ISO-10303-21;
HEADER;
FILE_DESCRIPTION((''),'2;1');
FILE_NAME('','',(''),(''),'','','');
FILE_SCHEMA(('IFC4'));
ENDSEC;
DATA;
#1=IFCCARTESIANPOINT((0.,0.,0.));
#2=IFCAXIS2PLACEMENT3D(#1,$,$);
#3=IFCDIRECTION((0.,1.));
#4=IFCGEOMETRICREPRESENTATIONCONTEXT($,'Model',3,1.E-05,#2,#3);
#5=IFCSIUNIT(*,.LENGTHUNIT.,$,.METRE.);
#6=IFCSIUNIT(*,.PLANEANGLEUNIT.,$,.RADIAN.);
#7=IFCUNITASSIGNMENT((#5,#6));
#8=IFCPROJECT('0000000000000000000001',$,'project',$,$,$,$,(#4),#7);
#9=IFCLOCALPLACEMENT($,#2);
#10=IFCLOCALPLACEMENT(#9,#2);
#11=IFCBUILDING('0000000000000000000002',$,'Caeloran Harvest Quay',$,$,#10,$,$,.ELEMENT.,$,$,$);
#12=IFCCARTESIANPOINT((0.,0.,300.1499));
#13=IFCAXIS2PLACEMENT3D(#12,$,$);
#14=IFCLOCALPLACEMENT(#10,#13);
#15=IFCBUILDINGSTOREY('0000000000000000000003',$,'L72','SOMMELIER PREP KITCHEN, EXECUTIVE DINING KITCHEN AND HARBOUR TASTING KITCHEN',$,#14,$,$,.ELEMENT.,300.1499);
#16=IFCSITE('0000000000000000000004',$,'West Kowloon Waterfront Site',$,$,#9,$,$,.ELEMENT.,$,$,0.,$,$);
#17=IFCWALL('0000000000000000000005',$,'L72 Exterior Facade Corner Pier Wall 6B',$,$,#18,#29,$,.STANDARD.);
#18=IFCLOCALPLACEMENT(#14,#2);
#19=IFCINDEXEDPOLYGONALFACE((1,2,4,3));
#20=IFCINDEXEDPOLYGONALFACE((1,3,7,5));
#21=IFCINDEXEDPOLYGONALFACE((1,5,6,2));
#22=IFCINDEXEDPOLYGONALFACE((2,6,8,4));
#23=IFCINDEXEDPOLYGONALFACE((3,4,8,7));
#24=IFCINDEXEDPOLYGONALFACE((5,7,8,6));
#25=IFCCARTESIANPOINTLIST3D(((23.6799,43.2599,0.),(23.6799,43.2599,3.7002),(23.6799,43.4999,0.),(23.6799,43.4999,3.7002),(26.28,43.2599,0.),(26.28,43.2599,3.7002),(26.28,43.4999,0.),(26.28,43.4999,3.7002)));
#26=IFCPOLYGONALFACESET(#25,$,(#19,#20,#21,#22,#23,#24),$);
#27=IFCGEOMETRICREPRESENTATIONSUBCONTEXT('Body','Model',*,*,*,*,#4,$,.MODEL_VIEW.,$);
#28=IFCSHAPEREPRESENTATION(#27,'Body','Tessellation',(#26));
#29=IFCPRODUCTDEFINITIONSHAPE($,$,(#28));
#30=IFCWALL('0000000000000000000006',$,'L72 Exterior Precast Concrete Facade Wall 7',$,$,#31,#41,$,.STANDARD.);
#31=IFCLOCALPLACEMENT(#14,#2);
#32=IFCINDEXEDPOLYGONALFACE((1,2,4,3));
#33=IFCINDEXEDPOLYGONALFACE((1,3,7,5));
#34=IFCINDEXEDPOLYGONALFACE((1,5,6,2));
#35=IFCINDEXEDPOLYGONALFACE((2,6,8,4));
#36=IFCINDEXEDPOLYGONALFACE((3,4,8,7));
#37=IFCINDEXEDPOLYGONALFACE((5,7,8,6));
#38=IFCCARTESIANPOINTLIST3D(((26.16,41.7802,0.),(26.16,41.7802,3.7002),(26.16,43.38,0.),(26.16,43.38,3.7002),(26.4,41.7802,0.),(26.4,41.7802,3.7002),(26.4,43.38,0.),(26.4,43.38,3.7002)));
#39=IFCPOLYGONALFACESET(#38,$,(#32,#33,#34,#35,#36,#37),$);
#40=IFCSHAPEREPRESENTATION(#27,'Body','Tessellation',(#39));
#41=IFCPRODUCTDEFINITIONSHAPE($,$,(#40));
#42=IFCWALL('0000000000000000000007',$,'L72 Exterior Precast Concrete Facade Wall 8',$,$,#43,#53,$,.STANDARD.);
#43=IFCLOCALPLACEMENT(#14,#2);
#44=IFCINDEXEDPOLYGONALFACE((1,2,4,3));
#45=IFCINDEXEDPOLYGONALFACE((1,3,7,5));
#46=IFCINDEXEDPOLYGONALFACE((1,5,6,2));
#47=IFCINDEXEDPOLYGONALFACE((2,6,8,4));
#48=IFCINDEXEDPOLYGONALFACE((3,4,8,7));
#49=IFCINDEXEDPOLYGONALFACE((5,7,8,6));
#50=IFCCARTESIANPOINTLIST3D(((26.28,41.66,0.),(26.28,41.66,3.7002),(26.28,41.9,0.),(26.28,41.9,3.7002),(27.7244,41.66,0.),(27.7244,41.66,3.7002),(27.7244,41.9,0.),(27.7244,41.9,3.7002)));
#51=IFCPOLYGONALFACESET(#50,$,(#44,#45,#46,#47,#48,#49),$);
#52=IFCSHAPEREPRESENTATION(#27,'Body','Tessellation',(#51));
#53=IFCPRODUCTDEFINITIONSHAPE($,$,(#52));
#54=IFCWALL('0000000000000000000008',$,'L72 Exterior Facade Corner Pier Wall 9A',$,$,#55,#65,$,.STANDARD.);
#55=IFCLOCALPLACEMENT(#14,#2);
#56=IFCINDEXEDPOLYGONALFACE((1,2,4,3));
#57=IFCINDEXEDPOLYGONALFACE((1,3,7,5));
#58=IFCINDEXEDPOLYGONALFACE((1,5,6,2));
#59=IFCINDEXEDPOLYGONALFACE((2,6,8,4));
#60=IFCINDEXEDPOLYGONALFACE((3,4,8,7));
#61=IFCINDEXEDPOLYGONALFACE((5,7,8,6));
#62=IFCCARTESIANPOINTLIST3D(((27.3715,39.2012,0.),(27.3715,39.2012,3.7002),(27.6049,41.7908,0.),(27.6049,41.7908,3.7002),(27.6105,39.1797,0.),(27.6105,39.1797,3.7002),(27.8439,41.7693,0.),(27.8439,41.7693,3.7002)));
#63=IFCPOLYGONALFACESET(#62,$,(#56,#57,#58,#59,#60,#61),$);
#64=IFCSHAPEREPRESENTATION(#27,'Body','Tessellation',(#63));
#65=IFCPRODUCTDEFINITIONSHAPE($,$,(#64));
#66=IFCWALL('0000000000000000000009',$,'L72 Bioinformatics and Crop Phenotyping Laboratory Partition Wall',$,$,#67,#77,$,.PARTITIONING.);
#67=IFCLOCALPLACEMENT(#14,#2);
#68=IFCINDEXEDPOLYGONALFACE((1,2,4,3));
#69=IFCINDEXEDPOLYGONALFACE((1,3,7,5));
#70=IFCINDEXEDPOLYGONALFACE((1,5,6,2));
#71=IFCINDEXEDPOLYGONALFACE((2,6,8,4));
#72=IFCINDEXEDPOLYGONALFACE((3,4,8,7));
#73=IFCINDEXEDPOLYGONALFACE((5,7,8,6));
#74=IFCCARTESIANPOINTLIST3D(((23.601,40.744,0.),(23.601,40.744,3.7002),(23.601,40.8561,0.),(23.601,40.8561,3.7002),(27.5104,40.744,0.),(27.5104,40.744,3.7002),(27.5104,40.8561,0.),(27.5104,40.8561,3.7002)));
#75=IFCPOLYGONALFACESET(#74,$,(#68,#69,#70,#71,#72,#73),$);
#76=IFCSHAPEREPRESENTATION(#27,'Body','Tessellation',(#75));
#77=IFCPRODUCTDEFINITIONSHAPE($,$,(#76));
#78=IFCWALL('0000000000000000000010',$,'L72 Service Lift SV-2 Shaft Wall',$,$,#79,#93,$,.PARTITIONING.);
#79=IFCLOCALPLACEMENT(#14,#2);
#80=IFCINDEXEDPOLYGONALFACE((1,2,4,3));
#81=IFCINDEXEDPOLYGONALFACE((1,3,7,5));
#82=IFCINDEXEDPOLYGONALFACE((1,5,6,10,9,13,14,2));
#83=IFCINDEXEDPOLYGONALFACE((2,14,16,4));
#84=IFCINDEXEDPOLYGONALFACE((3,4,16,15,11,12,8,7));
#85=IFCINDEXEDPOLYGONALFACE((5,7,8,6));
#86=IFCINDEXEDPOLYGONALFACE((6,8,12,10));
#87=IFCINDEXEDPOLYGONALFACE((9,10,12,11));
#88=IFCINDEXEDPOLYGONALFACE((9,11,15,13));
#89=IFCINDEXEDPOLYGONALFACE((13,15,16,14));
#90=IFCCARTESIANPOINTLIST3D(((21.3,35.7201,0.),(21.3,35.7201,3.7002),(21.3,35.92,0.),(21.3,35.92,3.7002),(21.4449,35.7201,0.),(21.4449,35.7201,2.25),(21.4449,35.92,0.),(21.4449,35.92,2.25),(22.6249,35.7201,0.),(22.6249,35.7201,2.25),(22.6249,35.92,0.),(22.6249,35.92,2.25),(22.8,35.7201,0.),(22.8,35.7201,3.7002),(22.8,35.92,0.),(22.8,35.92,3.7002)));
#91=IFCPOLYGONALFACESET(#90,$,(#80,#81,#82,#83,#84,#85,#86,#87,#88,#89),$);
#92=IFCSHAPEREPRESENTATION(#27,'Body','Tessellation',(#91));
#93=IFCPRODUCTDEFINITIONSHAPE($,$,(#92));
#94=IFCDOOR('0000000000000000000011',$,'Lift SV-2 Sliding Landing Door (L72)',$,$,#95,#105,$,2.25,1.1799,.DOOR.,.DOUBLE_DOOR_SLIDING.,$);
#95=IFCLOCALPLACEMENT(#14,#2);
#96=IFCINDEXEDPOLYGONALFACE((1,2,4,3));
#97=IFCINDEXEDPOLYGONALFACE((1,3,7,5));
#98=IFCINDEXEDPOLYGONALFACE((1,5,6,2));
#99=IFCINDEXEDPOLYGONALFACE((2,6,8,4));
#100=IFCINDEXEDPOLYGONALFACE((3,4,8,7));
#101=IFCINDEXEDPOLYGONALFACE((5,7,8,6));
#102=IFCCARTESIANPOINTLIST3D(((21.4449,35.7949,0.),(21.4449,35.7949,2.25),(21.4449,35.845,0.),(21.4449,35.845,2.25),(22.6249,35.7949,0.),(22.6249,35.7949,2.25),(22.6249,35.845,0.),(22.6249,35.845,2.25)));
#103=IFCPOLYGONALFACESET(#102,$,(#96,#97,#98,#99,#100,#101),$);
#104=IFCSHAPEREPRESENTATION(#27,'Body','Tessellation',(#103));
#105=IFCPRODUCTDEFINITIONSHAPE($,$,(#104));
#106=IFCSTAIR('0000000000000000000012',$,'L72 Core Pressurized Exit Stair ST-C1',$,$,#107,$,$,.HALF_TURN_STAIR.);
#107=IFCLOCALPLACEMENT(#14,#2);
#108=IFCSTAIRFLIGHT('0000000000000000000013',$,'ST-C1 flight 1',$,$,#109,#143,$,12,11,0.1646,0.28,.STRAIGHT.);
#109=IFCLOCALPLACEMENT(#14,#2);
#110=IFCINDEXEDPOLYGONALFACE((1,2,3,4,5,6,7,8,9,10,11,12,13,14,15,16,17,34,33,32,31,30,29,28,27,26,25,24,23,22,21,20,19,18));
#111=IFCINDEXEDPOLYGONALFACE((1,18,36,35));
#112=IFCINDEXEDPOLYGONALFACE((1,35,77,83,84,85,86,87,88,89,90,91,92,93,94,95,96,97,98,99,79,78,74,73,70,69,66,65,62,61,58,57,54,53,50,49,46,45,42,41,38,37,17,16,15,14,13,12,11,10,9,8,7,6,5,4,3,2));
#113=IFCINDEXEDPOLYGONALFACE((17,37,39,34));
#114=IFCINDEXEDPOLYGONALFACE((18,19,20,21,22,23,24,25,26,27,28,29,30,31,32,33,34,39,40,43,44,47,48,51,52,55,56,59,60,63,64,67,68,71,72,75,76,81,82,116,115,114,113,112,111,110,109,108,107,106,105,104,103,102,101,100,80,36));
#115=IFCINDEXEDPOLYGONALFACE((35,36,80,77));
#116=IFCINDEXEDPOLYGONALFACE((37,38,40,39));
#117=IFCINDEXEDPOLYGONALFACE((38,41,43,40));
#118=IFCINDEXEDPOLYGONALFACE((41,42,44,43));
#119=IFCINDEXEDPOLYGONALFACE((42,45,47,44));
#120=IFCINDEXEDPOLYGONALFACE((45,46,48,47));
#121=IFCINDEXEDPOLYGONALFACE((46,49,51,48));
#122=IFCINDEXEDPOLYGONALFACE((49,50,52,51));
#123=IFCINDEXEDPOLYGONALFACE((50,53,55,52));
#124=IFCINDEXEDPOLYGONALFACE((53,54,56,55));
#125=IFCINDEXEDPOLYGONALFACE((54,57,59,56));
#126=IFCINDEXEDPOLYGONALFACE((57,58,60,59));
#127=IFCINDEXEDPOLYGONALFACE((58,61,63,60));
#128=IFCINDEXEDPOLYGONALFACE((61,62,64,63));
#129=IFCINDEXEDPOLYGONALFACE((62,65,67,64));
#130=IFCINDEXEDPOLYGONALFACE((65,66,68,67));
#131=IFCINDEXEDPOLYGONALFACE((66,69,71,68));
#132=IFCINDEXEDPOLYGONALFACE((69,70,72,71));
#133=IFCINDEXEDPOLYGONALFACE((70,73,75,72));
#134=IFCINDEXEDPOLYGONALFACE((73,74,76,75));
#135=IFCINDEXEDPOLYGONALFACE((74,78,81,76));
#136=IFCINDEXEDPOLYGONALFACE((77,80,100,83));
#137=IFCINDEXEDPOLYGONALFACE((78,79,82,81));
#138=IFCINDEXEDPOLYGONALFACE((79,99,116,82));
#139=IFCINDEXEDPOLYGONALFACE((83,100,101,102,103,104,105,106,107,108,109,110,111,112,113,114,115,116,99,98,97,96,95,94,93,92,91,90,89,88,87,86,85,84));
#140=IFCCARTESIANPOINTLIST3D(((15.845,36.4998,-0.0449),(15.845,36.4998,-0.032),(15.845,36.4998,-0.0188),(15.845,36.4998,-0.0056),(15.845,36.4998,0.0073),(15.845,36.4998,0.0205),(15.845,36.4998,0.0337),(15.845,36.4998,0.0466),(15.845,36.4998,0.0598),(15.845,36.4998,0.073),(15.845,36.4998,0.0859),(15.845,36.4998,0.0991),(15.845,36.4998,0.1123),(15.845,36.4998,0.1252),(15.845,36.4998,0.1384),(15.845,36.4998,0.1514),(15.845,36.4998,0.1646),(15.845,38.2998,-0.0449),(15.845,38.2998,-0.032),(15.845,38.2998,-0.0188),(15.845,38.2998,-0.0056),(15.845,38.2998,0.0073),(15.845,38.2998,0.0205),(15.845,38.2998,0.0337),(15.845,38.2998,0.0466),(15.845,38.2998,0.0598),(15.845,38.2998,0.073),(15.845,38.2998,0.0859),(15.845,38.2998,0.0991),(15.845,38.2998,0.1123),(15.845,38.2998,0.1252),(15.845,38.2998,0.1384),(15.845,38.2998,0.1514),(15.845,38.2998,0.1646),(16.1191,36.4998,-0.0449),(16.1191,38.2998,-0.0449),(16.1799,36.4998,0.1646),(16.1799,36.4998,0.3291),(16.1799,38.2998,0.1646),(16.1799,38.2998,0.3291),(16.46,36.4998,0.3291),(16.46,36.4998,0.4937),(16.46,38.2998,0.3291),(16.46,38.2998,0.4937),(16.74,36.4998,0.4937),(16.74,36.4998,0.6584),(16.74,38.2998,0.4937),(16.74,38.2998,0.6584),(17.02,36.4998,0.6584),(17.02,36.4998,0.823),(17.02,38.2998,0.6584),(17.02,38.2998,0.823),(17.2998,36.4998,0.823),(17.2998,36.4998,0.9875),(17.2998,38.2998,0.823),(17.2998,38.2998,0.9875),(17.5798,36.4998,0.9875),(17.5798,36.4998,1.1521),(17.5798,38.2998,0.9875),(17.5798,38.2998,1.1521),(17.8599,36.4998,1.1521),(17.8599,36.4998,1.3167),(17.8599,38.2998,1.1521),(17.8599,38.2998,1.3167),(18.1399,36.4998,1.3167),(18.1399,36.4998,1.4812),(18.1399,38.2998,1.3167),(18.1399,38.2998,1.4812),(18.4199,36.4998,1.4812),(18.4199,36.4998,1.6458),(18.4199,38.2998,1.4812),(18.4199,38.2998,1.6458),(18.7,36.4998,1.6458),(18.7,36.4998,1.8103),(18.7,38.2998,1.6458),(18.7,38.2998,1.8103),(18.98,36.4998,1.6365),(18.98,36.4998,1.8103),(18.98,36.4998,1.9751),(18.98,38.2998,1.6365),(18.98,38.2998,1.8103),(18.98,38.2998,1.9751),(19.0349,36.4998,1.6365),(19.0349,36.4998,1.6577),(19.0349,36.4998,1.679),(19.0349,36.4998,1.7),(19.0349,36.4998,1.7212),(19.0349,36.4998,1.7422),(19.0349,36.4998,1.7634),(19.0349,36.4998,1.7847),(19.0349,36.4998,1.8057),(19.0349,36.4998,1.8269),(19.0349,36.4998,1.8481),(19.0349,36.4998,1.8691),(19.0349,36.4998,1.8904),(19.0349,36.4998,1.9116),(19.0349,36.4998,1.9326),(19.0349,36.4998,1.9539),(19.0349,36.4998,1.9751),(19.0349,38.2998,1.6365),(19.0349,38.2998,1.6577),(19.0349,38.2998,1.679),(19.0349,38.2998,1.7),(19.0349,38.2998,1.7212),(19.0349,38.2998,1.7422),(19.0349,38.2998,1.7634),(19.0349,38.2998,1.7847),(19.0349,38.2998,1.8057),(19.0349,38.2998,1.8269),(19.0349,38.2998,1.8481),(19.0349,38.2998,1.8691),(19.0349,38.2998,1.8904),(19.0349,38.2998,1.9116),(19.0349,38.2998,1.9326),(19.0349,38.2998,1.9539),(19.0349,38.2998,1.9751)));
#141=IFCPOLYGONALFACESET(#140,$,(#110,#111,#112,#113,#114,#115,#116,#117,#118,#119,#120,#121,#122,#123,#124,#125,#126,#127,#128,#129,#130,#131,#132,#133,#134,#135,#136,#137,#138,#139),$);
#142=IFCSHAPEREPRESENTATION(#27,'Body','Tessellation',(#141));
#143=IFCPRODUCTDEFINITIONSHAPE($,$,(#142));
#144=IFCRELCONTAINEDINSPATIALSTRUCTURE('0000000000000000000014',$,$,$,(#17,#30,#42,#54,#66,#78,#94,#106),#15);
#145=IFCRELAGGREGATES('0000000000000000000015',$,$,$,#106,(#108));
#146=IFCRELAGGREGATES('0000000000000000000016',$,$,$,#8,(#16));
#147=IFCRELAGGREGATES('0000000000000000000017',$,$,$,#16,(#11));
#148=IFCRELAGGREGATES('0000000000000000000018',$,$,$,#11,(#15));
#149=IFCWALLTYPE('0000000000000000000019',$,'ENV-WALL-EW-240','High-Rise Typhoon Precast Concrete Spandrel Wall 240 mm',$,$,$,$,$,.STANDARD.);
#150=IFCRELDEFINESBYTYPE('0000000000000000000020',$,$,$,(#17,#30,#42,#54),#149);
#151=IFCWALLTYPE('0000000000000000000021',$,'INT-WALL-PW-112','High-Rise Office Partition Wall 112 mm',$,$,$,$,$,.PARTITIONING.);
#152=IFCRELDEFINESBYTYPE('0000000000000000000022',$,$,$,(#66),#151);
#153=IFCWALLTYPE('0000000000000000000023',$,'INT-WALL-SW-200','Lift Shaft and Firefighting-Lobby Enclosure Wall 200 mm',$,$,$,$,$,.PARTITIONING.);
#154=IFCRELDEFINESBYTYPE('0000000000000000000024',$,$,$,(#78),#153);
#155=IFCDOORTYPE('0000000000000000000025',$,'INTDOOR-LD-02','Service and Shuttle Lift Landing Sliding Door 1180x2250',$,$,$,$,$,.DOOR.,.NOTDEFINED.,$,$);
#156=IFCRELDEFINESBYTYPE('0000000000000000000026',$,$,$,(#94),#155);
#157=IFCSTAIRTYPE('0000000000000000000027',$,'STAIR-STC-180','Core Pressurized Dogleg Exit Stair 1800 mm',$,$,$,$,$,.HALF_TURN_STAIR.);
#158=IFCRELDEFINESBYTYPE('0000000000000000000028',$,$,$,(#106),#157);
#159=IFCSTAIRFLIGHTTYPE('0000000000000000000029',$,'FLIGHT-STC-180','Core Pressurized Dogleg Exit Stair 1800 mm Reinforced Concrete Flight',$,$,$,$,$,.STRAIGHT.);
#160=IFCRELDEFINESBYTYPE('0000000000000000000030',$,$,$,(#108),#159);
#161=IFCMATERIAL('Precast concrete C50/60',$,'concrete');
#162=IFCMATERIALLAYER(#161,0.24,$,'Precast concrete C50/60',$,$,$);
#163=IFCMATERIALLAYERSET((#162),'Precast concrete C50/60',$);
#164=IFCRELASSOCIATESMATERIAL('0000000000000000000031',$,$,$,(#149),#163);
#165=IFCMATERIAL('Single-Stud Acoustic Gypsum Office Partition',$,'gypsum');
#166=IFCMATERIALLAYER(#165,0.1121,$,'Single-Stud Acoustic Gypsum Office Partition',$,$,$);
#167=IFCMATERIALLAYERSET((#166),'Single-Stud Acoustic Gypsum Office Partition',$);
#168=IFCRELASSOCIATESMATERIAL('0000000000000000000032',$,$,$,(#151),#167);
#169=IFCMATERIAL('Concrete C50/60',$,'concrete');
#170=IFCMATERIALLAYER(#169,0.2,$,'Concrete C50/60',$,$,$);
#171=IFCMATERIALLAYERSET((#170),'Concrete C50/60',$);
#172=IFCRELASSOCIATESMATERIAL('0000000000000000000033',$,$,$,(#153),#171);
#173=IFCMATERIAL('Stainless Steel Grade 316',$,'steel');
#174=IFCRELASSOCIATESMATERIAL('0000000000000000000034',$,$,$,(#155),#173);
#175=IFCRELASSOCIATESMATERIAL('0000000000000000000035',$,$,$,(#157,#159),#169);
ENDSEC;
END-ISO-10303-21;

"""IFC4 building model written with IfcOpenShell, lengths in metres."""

from ifc_helpers import new_model, si_unit, direction, frame, frame_2d, origin, place, context, subcontext, project, spatial, polyline, rectangle, outline, extrude, material, layer, layer_set, type_object, element, fill, aggregate, save


model = new_model("IFC4")

# Units and contexts
model_context = context("Model", 3, precision=1e-05, world=origin(), true_north=direction((0.0, 1.0)))
body_context = subcontext(model_context, "Body", "Model", "MODEL_VIEW")
ifc_project = project(units=[si_unit("LENGTHUNIT", "METRE"), si_unit("PLANEANGLEUNIT", "RADIAN")], contexts=[model_context])

# Site, building, storey
site_placement = place(None, origin())
site = spatial("IfcSite", under=ifc_project, at=site_placement, Name="West Kowloon Waterfront Site", CompositionType="ELEMENT", RefElevation=0.0)
building_placement = place(site_placement, origin())
building = spatial("IfcBuilding", under=site, at=building_placement, Name="Caeloran Harvest Quay", CompositionType="ELEMENT")
storey_placement = place(building_placement, frame((0.0, 0.0, 300.1499)))
storey = spatial("IfcBuildingStorey", under=building, at=storey_placement, Name="L72", Description="SOMMELIER PREP KITCHEN, EXECUTIVE DINING KITCHEN AND HARBOUR TASTING KITCHEN", CompositionType="ELEMENT", Elevation=300.1499)

# Walls
ifc_material_1 = material(Name="Precast concrete C50/60", Category="concrete")
ifc_layer_1 = layer(ifc_material_1, 0.24, Name="Precast concrete C50/60")
ifc_layer_set_1 = layer_set([ifc_layer_1], Name="Precast concrete C50/60")
wall_type_1 = type_object("IfcWallType", Name="ENV-WALL-EW-240", Description="High-Rise Typhoon Precast Concrete Spandrel Wall 240 mm", PredefinedType="STANDARD", material=ifc_layer_set_1)
wall_1_placement = place(storey_placement, frame((23.6799, 43.3799, 0.0), z_axis=(0.0, 0.0, 1.0), x_axis=(1.0, 0.0, 0.0)))
element("IfcWall", 1, at=wall_1_placement, inside=storey, type_object=wall_type_1, Name="L72 Exterior Facade Corner Pier Wall 6B", PredefinedType="STANDARD", context=body_context, shape_type="SweptSolid", body=[
    extrude(rectangle(XDim=2.6001, YDim=0.24, at=frame_2d((1.3, 0.0))), origin(), (0.0, 0.0, 1.0), 3.7002),
])
wall_2_placement = place(storey_placement, frame((26.28, 43.3799, 0.0), z_axis=(0.0, 0.0, 1.0), x_axis=(0.0, -1.0, 0.0)))
element("IfcWall", 2, at=wall_2_placement, inside=storey, type_object=wall_type_1, Name="L72 Exterior Precast Concrete Facade Wall 7", PredefinedType="STANDARD", context=body_context, shape_type="SweptSolid", body=[
    extrude(rectangle(XDim=1.5999, YDim=0.24, at=frame_2d((0.7998, 0.0))), origin(), (0.0, 0.0, 1.0), 3.7002),
])
wall_3_placement = place(storey_placement, frame((26.28, 41.78, 0.0), z_axis=(0.0, 0.0, 1.0), x_axis=(1.0, 0.0, 0.0)))
element("IfcWall", 3, at=wall_3_placement, inside=storey, type_object=wall_type_1, Name="L72 Exterior Precast Concrete Facade Wall 8", PredefinedType="STANDARD", context=body_context, shape_type="SweptSolid", body=[
    extrude(rectangle(XDim=1.4443, YDim=0.24, at=frame_2d((0.7222, 0.0))), origin(), (0.0, 0.0, 1.0), 3.7002),
])
wall_4_placement = place(storey_placement, frame((27.7244, 41.78, 0.0), z_axis=(0.0, 0.0, 1.0), x_axis=(-0.089765, -0.995963, 0.0)))
element("IfcWall", 4, at=wall_4_placement, inside=storey, type_object=wall_type_1, Name="L72 Exterior Facade Corner Pier Wall 9A", PredefinedType="STANDARD", context=body_context, shape_type="SweptSolid", body=[
    extrude(rectangle(XDim=2.6001, YDim=0.24, at=frame_2d((1.3, 0.0))), origin(), (0.0, 0.0, 1.0), 3.7002),
])
ifc_material_2 = material(Name="Single-Stud Acoustic Gypsum Office Partition", Category="gypsum")
ifc_layer_2 = layer(ifc_material_2, 0.1121, Name="Single-Stud Acoustic Gypsum Office Partition")
ifc_layer_set_2 = layer_set([ifc_layer_2], Name="Single-Stud Acoustic Gypsum Office Partition")
wall_type_2 = type_object("IfcWallType", Name="INT-WALL-PW-112", Description="High-Rise Office Partition Wall 112 mm", PredefinedType="PARTITIONING", material=ifc_layer_set_2)
wall_5_placement = place(storey_placement, frame((23.6011, 40.8, 0.0), z_axis=(0.0, 0.0, 1.0), x_axis=(1.0, 0.0, 0.0)))
element("IfcWall", 5, at=wall_5_placement, inside=storey, type_object=wall_type_2, Name="L72 Bioinformatics and Crop Phenotyping Laboratory Partition Wall", PredefinedType="PARTITIONING", context=body_context, shape_type="SweptSolid", body=[
    extrude(rectangle(XDim=3.9094, YDim=0.1121, at=frame_2d((1.9546, 0.0))), origin(), (0.0, 0.0, 1.0), 3.7002),
])

# Wall, opening, door
ifc_material_3 = material(Name="Concrete C50/60", Category="concrete")
ifc_layer_3 = layer(ifc_material_3, 0.2, Name="Concrete C50/60")
ifc_layer_set_3 = layer_set([ifc_layer_3], Name="Concrete C50/60")
wall_type_3 = type_object("IfcWallType", Name="INT-WALL-SW-200", Description="Lift Shaft and Firefighting-Lobby Enclosure Wall 200 mm", PredefinedType="PARTITIONING", material=ifc_layer_set_3)
wall_6_placement = place(storey_placement, frame((21.3, 35.8201, 0.0), z_axis=(0.0, 0.0, 1.0), x_axis=(1.0, 0.0, 0.0)))
wall_6 = element("IfcWall", 6, at=wall_6_placement, inside=storey, type_object=wall_type_3, Name="L72 Service Lift SV-2 Shaft Wall", PredefinedType="PARTITIONING", context=body_context, shape_type="SweptSolid", body=[
    extrude(rectangle(XDim=1.5, YDim=0.2, at=frame_2d((0.75, 0.0))), origin(), (0.0, 0.0, 1.0), 3.7002),
])
opening_placement = place(wall_6_placement, frame((0.145, 0.0, 0.0)))
opening = element("IfcOpeningElement", 7, at=opening_placement, cuts=wall_6, PredefinedType="OPENING", context=body_context, shape_type="SweptSolid", body=[
    extrude(rectangle(XDim=1.1799, YDim=2.25, at=frame_2d((0.5898, 1.125))), frame((0.0, 0.1099, 0.0), z_axis=(0.0, -1.0, 0.0), x_axis=(1.0, 0.0, 0.0)), (0.0, 0.0, 1.0), 0.22),
])
ifc_material_4 = material(Name="Stainless Steel Grade 316", Category="steel")
door_type = type_object("IfcDoorType", Name="INTDOOR-LD-02", Description="Service and Shuttle Lift Landing Sliding Door 1180x2250", OperationType="NOTDEFINED", PredefinedType="DOOR", material=ifc_material_4)
door_placement = place(opening_placement, origin())
door = element("IfcDoor", 8, at=door_placement, inside=storey, type_object=door_type, Name="Lift SV-2 Sliding Landing Door (L72)", OperationType="DOUBLE_DOOR_SLIDING", OverallHeight=2.25, OverallWidth=1.1799, PredefinedType="DOOR", context=body_context, shape_type="SweptSolid", body=[
    extrude(rectangle(XDim=1.1799, YDim=2.25, at=frame_2d((0.5898, 1.125))), frame((0.0, 0.0249, 0.0), z_axis=(0.0, -1.0, 0.0), x_axis=(1.0, 0.0, 0.0)), (0.0, 0.0, 1.0), 0.05),
])
fill(opening, door)

# Stair, stair flight
stair_type = type_object("IfcStairType", Name="STAIR-STC-180", Description="Core Pressurized Dogleg Exit Stair 1800 mm", PredefinedType="HALF_TURN_STAIR", material=ifc_material_3)
stair_1_placement = place(storey_placement, origin())
stair_1 = element("IfcStair", 9, at=stair_1_placement, inside=storey, type_object=stair_type, Name="L72 Core Pressurized Exit Stair ST-C1", PredefinedType="HALF_TURN_STAIR")
stair_flight_type = type_object("IfcStairFlightType", Name="FLIGHT-STC-180", Description="Core Pressurized Dogleg Exit Stair 1800 mm Reinforced Concrete Flight", PredefinedType="STRAIGHT", material=ifc_material_3)
stair_flight_1_placement = place(storey_placement, frame((15.8999, 37.3999, 0.0), z_axis=(0.0, 0.0, 1.0), x_axis=(1.0, 0.0, 0.0)))
stair_flight_1 = element("IfcStairFlight", 10, at=stair_flight_1_placement, type_object=stair_flight_type, Name="ST-C1 flight 1", NumberOfRisers=12, NumberOfTreads=11, PredefinedType="STRAIGHT", RiserHeight=0.1646, TreadLength=0.28, context=body_context, shape_type="SweptSolid", body=[
    extrude(outline(polyline([(-0.0549, -0.0449), (-0.0549, -0.032), (-0.0549, -0.0188), (-0.0549, -0.0056), (-0.0549, 0.0073), (-0.0549, 0.0205), (-0.0549, 0.0337), (-0.0549, 0.0466), (-0.0549, 0.0598), (-0.0549, 0.073), (-0.0549, 0.0859), (-0.0549, 0.0991), (-0.0549, 0.1123), (-0.0549, 0.1252), (-0.0549, 0.1384), (-0.0549, 0.1514), (-0.0549, 0.1646), (0.28, 0.1646), (0.28, 0.3291), (0.5601, 0.3291), (0.5601, 0.4937), (0.8401, 0.4937), (0.8401, 0.6584), (1.1201, 0.6584), (1.1201, 0.823), (1.3999, 0.823), (1.3999, 0.9875), (1.6799, 0.9875), (1.6799, 1.1521), (1.96, 1.1521), (1.96, 1.3167), (2.24, 1.3167), (2.24, 1.4812), (2.52, 1.4812), (2.52, 1.6458), (2.8, 1.6458), (2.8, 1.8103), (3.0801, 1.8103), (3.0801, 1.9751), (3.135, 1.9751), (3.135, 1.9539), (3.135, 1.9326), (3.135, 1.9116), (3.135, 1.8904), (3.135, 1.8691), (3.135, 1.8481), (3.135, 1.8269), (3.135, 1.8057), (3.135, 1.7847), (3.135, 1.7634), (3.135, 1.7422), (3.135, 1.7212), (3.135, 1.7), (3.135, 1.679), (3.135, 1.6577), (3.135, 1.6365), (3.0801, 1.6365), (0.2192, -0.0449), (-0.0549, -0.0449)])), frame((0.0, 0.8999, 0.0), z_axis=(0.0, -1.0, 0.0), x_axis=(1.0, 0.0, 0.0)), (0.0, 0.0, 1.0), 1.8),
])
aggregate(stair_1, [stair_flight_1])

save(model, "model.ifc")
